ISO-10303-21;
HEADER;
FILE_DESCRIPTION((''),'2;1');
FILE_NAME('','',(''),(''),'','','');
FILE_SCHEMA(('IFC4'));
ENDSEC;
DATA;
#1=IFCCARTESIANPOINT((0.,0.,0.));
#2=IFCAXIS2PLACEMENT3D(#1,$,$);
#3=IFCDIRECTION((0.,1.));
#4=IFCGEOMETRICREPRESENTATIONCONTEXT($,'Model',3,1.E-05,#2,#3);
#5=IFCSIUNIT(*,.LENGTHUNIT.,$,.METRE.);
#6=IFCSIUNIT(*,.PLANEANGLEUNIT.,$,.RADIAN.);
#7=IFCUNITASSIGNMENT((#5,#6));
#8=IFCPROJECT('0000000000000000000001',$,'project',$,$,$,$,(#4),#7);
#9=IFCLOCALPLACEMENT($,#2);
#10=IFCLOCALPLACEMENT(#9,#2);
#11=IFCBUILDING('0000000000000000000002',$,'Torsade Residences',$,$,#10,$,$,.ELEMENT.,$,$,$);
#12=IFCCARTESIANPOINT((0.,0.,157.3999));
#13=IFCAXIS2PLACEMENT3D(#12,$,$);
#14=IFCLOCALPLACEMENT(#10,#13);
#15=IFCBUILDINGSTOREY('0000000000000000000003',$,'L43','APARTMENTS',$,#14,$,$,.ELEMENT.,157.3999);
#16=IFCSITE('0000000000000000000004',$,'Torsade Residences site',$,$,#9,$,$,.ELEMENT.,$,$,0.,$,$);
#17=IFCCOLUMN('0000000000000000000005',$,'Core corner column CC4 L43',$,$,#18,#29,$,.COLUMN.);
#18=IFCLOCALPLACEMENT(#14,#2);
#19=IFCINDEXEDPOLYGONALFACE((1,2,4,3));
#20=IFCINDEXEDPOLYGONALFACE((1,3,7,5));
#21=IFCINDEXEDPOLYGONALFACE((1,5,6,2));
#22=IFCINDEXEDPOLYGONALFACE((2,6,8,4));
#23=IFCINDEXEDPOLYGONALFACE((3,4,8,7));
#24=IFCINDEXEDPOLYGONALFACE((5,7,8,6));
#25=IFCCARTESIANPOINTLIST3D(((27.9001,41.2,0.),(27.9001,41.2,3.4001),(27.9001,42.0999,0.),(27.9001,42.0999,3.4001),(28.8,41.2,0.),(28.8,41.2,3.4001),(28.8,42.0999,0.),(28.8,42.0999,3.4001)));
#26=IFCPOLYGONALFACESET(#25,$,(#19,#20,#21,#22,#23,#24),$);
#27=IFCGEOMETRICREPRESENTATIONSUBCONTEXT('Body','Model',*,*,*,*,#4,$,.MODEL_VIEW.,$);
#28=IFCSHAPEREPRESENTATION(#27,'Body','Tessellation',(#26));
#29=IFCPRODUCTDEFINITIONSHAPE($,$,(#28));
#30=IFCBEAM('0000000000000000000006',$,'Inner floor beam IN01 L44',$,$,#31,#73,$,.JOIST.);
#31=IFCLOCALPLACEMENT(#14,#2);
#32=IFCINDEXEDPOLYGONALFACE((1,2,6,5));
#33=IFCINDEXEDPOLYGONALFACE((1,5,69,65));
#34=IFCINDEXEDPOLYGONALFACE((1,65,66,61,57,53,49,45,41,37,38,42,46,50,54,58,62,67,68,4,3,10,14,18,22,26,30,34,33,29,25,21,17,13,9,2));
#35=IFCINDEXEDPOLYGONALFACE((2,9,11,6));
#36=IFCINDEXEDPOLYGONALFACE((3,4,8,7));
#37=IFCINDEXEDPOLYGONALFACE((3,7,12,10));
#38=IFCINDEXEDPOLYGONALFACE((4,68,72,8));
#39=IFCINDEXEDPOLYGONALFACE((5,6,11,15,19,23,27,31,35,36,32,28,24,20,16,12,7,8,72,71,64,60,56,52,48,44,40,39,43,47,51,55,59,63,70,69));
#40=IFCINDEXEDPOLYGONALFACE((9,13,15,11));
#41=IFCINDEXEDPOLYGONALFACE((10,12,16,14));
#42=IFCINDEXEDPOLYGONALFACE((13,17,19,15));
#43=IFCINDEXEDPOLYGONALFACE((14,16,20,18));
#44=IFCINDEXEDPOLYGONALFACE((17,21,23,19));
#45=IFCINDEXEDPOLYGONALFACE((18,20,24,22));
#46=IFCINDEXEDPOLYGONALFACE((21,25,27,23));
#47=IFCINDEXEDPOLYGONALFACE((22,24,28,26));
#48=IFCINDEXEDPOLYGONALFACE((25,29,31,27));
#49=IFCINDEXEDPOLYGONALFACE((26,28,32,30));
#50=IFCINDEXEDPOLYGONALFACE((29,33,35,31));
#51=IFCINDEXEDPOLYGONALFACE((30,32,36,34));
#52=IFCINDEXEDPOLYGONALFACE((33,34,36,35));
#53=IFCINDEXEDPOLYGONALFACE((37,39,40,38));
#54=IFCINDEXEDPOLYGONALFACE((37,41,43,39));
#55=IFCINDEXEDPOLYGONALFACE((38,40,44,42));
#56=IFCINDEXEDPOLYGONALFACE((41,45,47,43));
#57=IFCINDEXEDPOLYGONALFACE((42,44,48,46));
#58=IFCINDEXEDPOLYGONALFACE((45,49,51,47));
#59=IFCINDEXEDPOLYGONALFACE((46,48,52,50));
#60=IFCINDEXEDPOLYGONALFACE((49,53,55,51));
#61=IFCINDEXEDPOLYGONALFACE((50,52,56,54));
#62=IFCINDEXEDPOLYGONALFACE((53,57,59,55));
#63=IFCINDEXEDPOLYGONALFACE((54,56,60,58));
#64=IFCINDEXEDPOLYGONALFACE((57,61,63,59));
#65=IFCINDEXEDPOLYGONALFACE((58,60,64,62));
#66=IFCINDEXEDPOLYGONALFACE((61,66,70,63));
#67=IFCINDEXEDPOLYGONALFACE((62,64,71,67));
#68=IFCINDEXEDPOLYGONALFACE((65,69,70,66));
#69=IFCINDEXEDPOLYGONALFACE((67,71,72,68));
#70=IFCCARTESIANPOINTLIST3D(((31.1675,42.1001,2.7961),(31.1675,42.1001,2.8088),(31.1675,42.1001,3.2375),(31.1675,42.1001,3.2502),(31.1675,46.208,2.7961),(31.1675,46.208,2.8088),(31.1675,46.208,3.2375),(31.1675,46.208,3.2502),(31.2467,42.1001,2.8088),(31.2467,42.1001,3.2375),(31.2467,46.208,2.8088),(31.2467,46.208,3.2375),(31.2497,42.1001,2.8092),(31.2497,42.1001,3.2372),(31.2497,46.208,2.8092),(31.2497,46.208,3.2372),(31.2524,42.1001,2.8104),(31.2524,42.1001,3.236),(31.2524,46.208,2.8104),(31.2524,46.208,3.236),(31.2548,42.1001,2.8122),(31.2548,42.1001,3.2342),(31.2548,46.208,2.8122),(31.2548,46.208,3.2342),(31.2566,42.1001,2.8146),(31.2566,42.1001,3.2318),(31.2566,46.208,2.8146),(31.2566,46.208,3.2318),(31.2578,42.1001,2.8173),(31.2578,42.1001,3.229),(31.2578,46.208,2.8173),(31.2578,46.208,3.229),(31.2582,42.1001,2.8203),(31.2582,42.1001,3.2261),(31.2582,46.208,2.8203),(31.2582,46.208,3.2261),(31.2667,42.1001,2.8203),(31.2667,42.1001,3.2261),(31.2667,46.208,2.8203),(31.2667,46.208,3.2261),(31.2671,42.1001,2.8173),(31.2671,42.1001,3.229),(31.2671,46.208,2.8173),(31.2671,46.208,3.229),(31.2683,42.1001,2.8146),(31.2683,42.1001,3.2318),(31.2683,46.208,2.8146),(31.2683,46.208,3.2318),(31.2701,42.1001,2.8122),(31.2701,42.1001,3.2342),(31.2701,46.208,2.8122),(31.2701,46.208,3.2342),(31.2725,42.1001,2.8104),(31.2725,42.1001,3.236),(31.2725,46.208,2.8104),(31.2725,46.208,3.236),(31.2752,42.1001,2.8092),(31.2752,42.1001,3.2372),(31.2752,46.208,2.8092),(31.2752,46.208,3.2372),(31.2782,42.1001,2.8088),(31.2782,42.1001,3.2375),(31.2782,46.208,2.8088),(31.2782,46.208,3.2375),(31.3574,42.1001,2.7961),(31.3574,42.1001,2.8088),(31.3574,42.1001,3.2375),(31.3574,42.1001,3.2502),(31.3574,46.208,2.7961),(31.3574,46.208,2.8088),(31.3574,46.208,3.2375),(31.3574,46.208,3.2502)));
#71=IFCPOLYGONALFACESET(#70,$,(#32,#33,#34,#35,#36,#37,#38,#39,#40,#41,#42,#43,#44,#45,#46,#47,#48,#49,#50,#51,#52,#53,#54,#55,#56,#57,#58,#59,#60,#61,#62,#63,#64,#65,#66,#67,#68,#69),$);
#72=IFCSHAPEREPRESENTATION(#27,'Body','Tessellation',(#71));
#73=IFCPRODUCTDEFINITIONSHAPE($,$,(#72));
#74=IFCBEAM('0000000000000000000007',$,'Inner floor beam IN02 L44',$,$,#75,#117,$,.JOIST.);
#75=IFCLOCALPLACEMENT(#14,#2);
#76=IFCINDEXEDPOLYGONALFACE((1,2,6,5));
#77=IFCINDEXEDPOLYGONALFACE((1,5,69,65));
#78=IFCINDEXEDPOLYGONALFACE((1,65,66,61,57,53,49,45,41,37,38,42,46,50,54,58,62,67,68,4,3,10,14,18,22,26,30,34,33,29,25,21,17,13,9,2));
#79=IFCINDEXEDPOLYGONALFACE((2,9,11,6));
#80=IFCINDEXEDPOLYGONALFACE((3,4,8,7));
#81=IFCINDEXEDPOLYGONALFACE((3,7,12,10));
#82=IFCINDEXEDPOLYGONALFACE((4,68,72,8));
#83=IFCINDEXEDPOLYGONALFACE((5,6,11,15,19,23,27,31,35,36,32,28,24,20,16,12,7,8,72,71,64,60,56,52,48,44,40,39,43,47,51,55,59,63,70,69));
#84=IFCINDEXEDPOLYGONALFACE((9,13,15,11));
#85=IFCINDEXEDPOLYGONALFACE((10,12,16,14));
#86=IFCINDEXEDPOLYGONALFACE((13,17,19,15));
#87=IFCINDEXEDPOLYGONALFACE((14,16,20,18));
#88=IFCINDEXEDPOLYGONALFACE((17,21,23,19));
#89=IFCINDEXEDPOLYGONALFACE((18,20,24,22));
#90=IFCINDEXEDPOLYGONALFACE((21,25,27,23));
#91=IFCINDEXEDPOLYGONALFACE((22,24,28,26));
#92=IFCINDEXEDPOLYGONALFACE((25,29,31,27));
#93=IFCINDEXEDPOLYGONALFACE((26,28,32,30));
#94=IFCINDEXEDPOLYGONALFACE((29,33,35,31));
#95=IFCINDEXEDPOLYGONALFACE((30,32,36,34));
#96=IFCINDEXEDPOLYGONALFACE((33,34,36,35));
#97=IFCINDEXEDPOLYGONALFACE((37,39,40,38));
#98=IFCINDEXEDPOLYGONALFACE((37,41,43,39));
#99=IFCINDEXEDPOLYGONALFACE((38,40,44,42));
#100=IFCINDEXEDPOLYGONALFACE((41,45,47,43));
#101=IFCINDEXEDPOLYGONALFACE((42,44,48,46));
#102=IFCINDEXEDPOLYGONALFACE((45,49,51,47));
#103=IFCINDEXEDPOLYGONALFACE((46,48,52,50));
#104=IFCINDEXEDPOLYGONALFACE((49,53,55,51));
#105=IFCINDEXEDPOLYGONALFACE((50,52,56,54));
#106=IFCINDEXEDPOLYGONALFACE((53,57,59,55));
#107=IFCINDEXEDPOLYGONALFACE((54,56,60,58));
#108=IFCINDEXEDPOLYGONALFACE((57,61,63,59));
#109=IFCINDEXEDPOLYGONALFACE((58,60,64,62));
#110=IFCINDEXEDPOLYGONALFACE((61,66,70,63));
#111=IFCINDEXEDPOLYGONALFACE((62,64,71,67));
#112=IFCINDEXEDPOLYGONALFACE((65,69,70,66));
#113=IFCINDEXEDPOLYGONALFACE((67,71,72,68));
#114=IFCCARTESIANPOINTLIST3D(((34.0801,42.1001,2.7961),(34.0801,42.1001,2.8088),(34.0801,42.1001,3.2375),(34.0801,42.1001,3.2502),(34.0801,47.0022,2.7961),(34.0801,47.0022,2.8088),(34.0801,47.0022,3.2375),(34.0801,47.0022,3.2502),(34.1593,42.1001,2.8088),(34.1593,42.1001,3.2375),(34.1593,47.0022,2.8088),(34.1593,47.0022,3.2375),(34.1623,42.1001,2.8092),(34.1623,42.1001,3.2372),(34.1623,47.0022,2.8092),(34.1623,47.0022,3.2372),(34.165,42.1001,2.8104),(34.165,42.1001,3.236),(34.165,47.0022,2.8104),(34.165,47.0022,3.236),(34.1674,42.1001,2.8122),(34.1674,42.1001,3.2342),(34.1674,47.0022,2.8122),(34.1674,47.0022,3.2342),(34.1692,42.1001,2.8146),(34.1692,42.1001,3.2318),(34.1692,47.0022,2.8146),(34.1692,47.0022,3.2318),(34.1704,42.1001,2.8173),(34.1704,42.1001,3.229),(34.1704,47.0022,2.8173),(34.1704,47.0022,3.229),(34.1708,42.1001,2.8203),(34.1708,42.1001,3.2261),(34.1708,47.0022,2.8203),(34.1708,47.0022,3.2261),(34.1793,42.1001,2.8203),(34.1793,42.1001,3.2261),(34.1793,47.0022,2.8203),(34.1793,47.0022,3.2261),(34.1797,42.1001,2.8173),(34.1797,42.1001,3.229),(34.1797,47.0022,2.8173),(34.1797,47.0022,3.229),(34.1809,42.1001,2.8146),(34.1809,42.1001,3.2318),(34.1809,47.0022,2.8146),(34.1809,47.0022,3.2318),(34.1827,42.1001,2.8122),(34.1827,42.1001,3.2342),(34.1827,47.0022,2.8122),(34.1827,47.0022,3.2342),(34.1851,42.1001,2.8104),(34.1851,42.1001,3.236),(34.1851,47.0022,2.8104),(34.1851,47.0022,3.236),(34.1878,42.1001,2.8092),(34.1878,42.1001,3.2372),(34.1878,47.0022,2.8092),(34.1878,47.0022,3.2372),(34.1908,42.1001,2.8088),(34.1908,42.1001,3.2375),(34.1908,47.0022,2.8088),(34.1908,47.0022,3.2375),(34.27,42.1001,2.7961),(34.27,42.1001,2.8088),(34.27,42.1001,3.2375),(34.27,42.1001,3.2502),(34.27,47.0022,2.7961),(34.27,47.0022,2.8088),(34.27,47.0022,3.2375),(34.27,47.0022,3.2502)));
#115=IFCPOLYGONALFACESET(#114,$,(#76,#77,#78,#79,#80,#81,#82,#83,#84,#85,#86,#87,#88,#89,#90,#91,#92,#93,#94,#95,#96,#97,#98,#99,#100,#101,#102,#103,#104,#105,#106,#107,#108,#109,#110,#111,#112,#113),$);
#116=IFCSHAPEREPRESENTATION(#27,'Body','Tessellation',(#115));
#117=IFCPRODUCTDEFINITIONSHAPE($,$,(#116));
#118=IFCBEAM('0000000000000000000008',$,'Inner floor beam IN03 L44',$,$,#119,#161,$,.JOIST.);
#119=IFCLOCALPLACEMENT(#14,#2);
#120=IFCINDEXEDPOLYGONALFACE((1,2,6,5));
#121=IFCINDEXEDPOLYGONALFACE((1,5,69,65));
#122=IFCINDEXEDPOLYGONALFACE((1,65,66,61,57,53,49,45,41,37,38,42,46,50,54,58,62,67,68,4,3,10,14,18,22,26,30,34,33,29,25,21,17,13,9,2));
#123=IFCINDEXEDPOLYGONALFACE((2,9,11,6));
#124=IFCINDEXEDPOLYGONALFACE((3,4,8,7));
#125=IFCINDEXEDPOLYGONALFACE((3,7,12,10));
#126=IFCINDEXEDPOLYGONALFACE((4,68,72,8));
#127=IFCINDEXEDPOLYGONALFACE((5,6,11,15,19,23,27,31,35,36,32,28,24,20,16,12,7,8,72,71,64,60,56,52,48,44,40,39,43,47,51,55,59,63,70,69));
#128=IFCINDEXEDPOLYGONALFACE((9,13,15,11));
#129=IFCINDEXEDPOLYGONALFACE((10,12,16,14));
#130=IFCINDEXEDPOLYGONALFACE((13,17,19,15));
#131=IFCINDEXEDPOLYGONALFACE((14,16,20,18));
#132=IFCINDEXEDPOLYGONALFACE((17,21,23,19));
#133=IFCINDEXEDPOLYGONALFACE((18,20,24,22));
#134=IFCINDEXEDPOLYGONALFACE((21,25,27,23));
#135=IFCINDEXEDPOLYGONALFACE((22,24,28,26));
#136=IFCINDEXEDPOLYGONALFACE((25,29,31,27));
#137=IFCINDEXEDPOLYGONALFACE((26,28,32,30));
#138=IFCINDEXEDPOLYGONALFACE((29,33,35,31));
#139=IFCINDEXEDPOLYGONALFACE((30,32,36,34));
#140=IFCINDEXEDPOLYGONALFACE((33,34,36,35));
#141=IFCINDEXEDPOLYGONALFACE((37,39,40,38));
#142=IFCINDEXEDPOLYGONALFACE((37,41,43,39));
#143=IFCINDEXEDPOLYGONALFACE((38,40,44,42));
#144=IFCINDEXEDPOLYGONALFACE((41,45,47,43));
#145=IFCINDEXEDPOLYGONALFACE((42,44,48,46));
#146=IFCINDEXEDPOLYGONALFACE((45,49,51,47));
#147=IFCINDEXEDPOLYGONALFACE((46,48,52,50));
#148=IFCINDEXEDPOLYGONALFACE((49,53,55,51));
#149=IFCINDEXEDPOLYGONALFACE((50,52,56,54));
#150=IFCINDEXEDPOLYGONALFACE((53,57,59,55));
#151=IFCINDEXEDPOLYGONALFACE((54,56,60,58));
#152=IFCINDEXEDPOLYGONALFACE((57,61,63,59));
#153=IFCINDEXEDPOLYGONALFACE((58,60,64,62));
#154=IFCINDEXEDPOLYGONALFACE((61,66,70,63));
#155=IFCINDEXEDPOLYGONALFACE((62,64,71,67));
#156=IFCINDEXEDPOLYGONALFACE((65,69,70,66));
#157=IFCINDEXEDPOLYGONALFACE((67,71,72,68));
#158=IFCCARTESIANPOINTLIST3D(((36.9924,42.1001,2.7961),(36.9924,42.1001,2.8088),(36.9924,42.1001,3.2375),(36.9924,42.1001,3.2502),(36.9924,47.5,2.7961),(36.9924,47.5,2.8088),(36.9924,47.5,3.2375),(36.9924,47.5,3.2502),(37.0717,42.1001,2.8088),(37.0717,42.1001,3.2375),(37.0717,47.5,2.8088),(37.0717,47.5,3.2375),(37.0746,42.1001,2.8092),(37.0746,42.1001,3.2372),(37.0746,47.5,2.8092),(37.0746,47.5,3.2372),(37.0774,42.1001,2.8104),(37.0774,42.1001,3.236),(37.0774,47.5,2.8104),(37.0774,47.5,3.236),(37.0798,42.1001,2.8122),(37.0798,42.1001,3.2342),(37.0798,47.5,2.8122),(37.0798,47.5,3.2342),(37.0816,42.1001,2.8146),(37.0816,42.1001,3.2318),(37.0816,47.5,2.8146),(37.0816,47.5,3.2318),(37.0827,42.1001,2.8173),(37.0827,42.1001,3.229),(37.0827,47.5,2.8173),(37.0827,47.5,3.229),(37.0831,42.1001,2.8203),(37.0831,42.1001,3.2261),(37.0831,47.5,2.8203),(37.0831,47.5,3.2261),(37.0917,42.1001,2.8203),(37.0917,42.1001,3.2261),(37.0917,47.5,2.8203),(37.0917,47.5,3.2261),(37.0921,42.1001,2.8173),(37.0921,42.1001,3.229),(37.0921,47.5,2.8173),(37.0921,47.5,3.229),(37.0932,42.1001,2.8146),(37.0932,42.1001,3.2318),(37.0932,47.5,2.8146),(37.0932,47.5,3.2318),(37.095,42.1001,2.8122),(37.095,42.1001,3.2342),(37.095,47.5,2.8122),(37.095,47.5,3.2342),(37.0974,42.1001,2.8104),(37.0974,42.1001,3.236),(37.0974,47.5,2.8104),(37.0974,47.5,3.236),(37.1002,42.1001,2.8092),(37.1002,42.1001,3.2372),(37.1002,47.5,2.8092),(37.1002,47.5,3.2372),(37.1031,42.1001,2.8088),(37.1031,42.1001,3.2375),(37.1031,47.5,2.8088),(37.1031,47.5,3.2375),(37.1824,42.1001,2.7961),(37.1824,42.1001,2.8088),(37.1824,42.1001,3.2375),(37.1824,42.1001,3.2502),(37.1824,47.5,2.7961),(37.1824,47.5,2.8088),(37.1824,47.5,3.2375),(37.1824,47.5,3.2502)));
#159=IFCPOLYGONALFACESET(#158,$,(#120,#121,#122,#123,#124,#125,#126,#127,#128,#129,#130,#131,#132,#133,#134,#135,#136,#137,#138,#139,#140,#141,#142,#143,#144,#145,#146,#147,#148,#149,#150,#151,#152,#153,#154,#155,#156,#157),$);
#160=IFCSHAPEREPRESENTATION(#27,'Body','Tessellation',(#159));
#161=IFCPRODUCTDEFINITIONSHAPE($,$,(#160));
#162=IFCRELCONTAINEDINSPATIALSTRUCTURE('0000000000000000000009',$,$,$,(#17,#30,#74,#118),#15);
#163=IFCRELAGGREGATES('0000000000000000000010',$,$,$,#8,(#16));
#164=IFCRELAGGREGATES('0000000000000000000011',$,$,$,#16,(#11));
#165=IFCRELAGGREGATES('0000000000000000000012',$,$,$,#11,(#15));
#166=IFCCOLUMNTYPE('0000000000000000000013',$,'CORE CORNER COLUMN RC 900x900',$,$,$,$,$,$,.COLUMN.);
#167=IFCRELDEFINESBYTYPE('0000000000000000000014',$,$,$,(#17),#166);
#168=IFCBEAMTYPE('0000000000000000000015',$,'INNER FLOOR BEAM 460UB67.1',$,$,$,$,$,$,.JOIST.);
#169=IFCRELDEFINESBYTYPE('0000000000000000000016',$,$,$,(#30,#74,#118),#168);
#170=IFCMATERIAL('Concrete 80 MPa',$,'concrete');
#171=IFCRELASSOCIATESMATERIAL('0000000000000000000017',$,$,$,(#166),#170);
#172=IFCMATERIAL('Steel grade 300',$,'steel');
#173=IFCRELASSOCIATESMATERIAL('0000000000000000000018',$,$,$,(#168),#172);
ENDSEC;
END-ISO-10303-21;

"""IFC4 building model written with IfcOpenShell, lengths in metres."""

from ifc_helpers import new_model, si_unit, direction, frame, origin, origin_2d, place, context, subcontext, project, spatial, rectangle, i_section, extrude, material, material_profile, profile_set, type_object, element, save


model = new_model("IFC4")

# Units and contexts
model_context = context("Model", 3, precision=1e-05, world=origin(), true_north=direction((0.0, 1.0)))
body_context = subcontext(model_context, "Body", "Model", "MODEL_VIEW")
ifc_project = project(units=[si_unit("LENGTHUNIT", "METRE"), si_unit("PLANEANGLEUNIT", "RADIAN")], contexts=[model_context])

# Site, building, storey
site_placement = place(None, origin())
site = spatial("IfcSite", under=ifc_project, at=site_placement, Name="Torsade Residences site", CompositionType="ELEMENT", RefElevation=0.0)
building_placement = place(site_placement, origin())
building = spatial("IfcBuilding", under=site, at=building_placement, Name="Torsade Residences", CompositionType="ELEMENT")
storey_placement = place(building_placement, frame((0.0, 0.0, 157.3999)))
storey = spatial("IfcBuildingStorey", under=building, at=storey_placement, Name="L43", Description="APARTMENTS", CompositionType="ELEMENT", Elevation=157.3999)

# Column
ifc_material_1 = material(Name="Concrete 80 MPa", Category="concrete")
ifc_material_profile_1 = material_profile(ifc_material_1, rectangle(XDim=0.8999, YDim=0.8999, at=origin_2d()), Name="RC 900x900")
ifc_profile_set_1 = profile_set([ifc_material_profile_1], Name="Concrete 80 MPa")
column_type = type_object("IfcColumnType", Name="CORE CORNER COLUMN RC 900x900", PredefinedType="COLUMN", material=ifc_profile_set_1)
column_placement = place(storey_placement, frame((28.3501, 41.6499, 0.0), z_axis=(0.0, 0.0, 1.0), x_axis=(1.0, 0.0, 0.0)))
element("IfcColumn", 1, at=column_placement, inside=storey, type_object=column_type, Name="Core corner column CC4 L43", PredefinedType="COLUMN", context=body_context, shape_type="SweptSolid", body=[
    extrude(rectangle(XDim=0.8999, YDim=0.8999, at=origin_2d()), origin(), (0.0, 0.0, 1.0), 3.4001),
])

# Beams
ifc_material_2 = material(Name="Steel grade 300", Category="steel")
ifc_material_profile_2 = material_profile(ifc_material_2, i_section(OverallWidth=0.1899, OverallDepth=0.4541, WebThickness=0.0085, FlangeThickness=0.0127, FilletRadius=0.0115, at=origin_2d()), Name="460UB67.1")
ifc_profile_set_2 = profile_set([ifc_material_profile_2], Name="Steel grade 300")
beam_type = type_object("IfcBeamType", Name="INNER FLOOR BEAM 460UB67.1", PredefinedType="JOIST", material=ifc_profile_set_2)
beam_1_placement = place(storey_placement, frame((31.2625, 42.1001, 3.0232), z_axis=(0.0, 1.0, 0.0), x_axis=(-1.0, 0.0, 0.0)))
element("IfcBeam", 2, at=beam_1_placement, inside=storey, type_object=beam_type, Name="Inner floor beam IN01 L44", PredefinedType="JOIST", context=body_context, shape_type="SweptSolid", body=[
    extrude(i_section(OverallWidth=0.1899, OverallDepth=0.4541, WebThickness=0.0085, FlangeThickness=0.0127, FilletRadius=0.0115, at=origin_2d()), origin(), (0.0, 0.0, 1.0), 4.1079),
])
beam_2_placement = place(storey_placement, frame((34.175, 42.1001, 3.0232), z_axis=(0.0, 1.0, 0.0), x_axis=(-1.0, 0.0, 0.0)))
element("IfcBeam", 3, at=beam_2_placement, inside=storey, type_object=beam_type, Name="Inner floor beam IN02 L44", PredefinedType="JOIST", context=body_context, shape_type="SweptSolid", body=[
    extrude(i_section(OverallWidth=0.1899, OverallDepth=0.4541, WebThickness=0.0085, FlangeThickness=0.0127, FilletRadius=0.0115, at=origin_2d()), origin(), (0.0, 0.0, 1.0), 4.9021),
])
beam_3_placement = place(storey_placement, frame((37.0874, 42.1001, 3.0232), z_axis=(0.0, 1.0, 0.0), x_axis=(-1.0, 0.0, 0.0)))
element("IfcBeam", 4, at=beam_3_placement, inside=storey, type_object=beam_type, Name="Inner floor beam IN03 L44", PredefinedType="JOIST", context=body_context, shape_type="SweptSolid", body=[
    extrude(i_section(OverallWidth=0.1899, OverallDepth=0.4541, WebThickness=0.0085, FlangeThickness=0.0127, FilletRadius=0.0115, at=origin_2d()), origin(), (0.0, 0.0, 1.0), 5.3999),
])

save(model, "model.ifc")
